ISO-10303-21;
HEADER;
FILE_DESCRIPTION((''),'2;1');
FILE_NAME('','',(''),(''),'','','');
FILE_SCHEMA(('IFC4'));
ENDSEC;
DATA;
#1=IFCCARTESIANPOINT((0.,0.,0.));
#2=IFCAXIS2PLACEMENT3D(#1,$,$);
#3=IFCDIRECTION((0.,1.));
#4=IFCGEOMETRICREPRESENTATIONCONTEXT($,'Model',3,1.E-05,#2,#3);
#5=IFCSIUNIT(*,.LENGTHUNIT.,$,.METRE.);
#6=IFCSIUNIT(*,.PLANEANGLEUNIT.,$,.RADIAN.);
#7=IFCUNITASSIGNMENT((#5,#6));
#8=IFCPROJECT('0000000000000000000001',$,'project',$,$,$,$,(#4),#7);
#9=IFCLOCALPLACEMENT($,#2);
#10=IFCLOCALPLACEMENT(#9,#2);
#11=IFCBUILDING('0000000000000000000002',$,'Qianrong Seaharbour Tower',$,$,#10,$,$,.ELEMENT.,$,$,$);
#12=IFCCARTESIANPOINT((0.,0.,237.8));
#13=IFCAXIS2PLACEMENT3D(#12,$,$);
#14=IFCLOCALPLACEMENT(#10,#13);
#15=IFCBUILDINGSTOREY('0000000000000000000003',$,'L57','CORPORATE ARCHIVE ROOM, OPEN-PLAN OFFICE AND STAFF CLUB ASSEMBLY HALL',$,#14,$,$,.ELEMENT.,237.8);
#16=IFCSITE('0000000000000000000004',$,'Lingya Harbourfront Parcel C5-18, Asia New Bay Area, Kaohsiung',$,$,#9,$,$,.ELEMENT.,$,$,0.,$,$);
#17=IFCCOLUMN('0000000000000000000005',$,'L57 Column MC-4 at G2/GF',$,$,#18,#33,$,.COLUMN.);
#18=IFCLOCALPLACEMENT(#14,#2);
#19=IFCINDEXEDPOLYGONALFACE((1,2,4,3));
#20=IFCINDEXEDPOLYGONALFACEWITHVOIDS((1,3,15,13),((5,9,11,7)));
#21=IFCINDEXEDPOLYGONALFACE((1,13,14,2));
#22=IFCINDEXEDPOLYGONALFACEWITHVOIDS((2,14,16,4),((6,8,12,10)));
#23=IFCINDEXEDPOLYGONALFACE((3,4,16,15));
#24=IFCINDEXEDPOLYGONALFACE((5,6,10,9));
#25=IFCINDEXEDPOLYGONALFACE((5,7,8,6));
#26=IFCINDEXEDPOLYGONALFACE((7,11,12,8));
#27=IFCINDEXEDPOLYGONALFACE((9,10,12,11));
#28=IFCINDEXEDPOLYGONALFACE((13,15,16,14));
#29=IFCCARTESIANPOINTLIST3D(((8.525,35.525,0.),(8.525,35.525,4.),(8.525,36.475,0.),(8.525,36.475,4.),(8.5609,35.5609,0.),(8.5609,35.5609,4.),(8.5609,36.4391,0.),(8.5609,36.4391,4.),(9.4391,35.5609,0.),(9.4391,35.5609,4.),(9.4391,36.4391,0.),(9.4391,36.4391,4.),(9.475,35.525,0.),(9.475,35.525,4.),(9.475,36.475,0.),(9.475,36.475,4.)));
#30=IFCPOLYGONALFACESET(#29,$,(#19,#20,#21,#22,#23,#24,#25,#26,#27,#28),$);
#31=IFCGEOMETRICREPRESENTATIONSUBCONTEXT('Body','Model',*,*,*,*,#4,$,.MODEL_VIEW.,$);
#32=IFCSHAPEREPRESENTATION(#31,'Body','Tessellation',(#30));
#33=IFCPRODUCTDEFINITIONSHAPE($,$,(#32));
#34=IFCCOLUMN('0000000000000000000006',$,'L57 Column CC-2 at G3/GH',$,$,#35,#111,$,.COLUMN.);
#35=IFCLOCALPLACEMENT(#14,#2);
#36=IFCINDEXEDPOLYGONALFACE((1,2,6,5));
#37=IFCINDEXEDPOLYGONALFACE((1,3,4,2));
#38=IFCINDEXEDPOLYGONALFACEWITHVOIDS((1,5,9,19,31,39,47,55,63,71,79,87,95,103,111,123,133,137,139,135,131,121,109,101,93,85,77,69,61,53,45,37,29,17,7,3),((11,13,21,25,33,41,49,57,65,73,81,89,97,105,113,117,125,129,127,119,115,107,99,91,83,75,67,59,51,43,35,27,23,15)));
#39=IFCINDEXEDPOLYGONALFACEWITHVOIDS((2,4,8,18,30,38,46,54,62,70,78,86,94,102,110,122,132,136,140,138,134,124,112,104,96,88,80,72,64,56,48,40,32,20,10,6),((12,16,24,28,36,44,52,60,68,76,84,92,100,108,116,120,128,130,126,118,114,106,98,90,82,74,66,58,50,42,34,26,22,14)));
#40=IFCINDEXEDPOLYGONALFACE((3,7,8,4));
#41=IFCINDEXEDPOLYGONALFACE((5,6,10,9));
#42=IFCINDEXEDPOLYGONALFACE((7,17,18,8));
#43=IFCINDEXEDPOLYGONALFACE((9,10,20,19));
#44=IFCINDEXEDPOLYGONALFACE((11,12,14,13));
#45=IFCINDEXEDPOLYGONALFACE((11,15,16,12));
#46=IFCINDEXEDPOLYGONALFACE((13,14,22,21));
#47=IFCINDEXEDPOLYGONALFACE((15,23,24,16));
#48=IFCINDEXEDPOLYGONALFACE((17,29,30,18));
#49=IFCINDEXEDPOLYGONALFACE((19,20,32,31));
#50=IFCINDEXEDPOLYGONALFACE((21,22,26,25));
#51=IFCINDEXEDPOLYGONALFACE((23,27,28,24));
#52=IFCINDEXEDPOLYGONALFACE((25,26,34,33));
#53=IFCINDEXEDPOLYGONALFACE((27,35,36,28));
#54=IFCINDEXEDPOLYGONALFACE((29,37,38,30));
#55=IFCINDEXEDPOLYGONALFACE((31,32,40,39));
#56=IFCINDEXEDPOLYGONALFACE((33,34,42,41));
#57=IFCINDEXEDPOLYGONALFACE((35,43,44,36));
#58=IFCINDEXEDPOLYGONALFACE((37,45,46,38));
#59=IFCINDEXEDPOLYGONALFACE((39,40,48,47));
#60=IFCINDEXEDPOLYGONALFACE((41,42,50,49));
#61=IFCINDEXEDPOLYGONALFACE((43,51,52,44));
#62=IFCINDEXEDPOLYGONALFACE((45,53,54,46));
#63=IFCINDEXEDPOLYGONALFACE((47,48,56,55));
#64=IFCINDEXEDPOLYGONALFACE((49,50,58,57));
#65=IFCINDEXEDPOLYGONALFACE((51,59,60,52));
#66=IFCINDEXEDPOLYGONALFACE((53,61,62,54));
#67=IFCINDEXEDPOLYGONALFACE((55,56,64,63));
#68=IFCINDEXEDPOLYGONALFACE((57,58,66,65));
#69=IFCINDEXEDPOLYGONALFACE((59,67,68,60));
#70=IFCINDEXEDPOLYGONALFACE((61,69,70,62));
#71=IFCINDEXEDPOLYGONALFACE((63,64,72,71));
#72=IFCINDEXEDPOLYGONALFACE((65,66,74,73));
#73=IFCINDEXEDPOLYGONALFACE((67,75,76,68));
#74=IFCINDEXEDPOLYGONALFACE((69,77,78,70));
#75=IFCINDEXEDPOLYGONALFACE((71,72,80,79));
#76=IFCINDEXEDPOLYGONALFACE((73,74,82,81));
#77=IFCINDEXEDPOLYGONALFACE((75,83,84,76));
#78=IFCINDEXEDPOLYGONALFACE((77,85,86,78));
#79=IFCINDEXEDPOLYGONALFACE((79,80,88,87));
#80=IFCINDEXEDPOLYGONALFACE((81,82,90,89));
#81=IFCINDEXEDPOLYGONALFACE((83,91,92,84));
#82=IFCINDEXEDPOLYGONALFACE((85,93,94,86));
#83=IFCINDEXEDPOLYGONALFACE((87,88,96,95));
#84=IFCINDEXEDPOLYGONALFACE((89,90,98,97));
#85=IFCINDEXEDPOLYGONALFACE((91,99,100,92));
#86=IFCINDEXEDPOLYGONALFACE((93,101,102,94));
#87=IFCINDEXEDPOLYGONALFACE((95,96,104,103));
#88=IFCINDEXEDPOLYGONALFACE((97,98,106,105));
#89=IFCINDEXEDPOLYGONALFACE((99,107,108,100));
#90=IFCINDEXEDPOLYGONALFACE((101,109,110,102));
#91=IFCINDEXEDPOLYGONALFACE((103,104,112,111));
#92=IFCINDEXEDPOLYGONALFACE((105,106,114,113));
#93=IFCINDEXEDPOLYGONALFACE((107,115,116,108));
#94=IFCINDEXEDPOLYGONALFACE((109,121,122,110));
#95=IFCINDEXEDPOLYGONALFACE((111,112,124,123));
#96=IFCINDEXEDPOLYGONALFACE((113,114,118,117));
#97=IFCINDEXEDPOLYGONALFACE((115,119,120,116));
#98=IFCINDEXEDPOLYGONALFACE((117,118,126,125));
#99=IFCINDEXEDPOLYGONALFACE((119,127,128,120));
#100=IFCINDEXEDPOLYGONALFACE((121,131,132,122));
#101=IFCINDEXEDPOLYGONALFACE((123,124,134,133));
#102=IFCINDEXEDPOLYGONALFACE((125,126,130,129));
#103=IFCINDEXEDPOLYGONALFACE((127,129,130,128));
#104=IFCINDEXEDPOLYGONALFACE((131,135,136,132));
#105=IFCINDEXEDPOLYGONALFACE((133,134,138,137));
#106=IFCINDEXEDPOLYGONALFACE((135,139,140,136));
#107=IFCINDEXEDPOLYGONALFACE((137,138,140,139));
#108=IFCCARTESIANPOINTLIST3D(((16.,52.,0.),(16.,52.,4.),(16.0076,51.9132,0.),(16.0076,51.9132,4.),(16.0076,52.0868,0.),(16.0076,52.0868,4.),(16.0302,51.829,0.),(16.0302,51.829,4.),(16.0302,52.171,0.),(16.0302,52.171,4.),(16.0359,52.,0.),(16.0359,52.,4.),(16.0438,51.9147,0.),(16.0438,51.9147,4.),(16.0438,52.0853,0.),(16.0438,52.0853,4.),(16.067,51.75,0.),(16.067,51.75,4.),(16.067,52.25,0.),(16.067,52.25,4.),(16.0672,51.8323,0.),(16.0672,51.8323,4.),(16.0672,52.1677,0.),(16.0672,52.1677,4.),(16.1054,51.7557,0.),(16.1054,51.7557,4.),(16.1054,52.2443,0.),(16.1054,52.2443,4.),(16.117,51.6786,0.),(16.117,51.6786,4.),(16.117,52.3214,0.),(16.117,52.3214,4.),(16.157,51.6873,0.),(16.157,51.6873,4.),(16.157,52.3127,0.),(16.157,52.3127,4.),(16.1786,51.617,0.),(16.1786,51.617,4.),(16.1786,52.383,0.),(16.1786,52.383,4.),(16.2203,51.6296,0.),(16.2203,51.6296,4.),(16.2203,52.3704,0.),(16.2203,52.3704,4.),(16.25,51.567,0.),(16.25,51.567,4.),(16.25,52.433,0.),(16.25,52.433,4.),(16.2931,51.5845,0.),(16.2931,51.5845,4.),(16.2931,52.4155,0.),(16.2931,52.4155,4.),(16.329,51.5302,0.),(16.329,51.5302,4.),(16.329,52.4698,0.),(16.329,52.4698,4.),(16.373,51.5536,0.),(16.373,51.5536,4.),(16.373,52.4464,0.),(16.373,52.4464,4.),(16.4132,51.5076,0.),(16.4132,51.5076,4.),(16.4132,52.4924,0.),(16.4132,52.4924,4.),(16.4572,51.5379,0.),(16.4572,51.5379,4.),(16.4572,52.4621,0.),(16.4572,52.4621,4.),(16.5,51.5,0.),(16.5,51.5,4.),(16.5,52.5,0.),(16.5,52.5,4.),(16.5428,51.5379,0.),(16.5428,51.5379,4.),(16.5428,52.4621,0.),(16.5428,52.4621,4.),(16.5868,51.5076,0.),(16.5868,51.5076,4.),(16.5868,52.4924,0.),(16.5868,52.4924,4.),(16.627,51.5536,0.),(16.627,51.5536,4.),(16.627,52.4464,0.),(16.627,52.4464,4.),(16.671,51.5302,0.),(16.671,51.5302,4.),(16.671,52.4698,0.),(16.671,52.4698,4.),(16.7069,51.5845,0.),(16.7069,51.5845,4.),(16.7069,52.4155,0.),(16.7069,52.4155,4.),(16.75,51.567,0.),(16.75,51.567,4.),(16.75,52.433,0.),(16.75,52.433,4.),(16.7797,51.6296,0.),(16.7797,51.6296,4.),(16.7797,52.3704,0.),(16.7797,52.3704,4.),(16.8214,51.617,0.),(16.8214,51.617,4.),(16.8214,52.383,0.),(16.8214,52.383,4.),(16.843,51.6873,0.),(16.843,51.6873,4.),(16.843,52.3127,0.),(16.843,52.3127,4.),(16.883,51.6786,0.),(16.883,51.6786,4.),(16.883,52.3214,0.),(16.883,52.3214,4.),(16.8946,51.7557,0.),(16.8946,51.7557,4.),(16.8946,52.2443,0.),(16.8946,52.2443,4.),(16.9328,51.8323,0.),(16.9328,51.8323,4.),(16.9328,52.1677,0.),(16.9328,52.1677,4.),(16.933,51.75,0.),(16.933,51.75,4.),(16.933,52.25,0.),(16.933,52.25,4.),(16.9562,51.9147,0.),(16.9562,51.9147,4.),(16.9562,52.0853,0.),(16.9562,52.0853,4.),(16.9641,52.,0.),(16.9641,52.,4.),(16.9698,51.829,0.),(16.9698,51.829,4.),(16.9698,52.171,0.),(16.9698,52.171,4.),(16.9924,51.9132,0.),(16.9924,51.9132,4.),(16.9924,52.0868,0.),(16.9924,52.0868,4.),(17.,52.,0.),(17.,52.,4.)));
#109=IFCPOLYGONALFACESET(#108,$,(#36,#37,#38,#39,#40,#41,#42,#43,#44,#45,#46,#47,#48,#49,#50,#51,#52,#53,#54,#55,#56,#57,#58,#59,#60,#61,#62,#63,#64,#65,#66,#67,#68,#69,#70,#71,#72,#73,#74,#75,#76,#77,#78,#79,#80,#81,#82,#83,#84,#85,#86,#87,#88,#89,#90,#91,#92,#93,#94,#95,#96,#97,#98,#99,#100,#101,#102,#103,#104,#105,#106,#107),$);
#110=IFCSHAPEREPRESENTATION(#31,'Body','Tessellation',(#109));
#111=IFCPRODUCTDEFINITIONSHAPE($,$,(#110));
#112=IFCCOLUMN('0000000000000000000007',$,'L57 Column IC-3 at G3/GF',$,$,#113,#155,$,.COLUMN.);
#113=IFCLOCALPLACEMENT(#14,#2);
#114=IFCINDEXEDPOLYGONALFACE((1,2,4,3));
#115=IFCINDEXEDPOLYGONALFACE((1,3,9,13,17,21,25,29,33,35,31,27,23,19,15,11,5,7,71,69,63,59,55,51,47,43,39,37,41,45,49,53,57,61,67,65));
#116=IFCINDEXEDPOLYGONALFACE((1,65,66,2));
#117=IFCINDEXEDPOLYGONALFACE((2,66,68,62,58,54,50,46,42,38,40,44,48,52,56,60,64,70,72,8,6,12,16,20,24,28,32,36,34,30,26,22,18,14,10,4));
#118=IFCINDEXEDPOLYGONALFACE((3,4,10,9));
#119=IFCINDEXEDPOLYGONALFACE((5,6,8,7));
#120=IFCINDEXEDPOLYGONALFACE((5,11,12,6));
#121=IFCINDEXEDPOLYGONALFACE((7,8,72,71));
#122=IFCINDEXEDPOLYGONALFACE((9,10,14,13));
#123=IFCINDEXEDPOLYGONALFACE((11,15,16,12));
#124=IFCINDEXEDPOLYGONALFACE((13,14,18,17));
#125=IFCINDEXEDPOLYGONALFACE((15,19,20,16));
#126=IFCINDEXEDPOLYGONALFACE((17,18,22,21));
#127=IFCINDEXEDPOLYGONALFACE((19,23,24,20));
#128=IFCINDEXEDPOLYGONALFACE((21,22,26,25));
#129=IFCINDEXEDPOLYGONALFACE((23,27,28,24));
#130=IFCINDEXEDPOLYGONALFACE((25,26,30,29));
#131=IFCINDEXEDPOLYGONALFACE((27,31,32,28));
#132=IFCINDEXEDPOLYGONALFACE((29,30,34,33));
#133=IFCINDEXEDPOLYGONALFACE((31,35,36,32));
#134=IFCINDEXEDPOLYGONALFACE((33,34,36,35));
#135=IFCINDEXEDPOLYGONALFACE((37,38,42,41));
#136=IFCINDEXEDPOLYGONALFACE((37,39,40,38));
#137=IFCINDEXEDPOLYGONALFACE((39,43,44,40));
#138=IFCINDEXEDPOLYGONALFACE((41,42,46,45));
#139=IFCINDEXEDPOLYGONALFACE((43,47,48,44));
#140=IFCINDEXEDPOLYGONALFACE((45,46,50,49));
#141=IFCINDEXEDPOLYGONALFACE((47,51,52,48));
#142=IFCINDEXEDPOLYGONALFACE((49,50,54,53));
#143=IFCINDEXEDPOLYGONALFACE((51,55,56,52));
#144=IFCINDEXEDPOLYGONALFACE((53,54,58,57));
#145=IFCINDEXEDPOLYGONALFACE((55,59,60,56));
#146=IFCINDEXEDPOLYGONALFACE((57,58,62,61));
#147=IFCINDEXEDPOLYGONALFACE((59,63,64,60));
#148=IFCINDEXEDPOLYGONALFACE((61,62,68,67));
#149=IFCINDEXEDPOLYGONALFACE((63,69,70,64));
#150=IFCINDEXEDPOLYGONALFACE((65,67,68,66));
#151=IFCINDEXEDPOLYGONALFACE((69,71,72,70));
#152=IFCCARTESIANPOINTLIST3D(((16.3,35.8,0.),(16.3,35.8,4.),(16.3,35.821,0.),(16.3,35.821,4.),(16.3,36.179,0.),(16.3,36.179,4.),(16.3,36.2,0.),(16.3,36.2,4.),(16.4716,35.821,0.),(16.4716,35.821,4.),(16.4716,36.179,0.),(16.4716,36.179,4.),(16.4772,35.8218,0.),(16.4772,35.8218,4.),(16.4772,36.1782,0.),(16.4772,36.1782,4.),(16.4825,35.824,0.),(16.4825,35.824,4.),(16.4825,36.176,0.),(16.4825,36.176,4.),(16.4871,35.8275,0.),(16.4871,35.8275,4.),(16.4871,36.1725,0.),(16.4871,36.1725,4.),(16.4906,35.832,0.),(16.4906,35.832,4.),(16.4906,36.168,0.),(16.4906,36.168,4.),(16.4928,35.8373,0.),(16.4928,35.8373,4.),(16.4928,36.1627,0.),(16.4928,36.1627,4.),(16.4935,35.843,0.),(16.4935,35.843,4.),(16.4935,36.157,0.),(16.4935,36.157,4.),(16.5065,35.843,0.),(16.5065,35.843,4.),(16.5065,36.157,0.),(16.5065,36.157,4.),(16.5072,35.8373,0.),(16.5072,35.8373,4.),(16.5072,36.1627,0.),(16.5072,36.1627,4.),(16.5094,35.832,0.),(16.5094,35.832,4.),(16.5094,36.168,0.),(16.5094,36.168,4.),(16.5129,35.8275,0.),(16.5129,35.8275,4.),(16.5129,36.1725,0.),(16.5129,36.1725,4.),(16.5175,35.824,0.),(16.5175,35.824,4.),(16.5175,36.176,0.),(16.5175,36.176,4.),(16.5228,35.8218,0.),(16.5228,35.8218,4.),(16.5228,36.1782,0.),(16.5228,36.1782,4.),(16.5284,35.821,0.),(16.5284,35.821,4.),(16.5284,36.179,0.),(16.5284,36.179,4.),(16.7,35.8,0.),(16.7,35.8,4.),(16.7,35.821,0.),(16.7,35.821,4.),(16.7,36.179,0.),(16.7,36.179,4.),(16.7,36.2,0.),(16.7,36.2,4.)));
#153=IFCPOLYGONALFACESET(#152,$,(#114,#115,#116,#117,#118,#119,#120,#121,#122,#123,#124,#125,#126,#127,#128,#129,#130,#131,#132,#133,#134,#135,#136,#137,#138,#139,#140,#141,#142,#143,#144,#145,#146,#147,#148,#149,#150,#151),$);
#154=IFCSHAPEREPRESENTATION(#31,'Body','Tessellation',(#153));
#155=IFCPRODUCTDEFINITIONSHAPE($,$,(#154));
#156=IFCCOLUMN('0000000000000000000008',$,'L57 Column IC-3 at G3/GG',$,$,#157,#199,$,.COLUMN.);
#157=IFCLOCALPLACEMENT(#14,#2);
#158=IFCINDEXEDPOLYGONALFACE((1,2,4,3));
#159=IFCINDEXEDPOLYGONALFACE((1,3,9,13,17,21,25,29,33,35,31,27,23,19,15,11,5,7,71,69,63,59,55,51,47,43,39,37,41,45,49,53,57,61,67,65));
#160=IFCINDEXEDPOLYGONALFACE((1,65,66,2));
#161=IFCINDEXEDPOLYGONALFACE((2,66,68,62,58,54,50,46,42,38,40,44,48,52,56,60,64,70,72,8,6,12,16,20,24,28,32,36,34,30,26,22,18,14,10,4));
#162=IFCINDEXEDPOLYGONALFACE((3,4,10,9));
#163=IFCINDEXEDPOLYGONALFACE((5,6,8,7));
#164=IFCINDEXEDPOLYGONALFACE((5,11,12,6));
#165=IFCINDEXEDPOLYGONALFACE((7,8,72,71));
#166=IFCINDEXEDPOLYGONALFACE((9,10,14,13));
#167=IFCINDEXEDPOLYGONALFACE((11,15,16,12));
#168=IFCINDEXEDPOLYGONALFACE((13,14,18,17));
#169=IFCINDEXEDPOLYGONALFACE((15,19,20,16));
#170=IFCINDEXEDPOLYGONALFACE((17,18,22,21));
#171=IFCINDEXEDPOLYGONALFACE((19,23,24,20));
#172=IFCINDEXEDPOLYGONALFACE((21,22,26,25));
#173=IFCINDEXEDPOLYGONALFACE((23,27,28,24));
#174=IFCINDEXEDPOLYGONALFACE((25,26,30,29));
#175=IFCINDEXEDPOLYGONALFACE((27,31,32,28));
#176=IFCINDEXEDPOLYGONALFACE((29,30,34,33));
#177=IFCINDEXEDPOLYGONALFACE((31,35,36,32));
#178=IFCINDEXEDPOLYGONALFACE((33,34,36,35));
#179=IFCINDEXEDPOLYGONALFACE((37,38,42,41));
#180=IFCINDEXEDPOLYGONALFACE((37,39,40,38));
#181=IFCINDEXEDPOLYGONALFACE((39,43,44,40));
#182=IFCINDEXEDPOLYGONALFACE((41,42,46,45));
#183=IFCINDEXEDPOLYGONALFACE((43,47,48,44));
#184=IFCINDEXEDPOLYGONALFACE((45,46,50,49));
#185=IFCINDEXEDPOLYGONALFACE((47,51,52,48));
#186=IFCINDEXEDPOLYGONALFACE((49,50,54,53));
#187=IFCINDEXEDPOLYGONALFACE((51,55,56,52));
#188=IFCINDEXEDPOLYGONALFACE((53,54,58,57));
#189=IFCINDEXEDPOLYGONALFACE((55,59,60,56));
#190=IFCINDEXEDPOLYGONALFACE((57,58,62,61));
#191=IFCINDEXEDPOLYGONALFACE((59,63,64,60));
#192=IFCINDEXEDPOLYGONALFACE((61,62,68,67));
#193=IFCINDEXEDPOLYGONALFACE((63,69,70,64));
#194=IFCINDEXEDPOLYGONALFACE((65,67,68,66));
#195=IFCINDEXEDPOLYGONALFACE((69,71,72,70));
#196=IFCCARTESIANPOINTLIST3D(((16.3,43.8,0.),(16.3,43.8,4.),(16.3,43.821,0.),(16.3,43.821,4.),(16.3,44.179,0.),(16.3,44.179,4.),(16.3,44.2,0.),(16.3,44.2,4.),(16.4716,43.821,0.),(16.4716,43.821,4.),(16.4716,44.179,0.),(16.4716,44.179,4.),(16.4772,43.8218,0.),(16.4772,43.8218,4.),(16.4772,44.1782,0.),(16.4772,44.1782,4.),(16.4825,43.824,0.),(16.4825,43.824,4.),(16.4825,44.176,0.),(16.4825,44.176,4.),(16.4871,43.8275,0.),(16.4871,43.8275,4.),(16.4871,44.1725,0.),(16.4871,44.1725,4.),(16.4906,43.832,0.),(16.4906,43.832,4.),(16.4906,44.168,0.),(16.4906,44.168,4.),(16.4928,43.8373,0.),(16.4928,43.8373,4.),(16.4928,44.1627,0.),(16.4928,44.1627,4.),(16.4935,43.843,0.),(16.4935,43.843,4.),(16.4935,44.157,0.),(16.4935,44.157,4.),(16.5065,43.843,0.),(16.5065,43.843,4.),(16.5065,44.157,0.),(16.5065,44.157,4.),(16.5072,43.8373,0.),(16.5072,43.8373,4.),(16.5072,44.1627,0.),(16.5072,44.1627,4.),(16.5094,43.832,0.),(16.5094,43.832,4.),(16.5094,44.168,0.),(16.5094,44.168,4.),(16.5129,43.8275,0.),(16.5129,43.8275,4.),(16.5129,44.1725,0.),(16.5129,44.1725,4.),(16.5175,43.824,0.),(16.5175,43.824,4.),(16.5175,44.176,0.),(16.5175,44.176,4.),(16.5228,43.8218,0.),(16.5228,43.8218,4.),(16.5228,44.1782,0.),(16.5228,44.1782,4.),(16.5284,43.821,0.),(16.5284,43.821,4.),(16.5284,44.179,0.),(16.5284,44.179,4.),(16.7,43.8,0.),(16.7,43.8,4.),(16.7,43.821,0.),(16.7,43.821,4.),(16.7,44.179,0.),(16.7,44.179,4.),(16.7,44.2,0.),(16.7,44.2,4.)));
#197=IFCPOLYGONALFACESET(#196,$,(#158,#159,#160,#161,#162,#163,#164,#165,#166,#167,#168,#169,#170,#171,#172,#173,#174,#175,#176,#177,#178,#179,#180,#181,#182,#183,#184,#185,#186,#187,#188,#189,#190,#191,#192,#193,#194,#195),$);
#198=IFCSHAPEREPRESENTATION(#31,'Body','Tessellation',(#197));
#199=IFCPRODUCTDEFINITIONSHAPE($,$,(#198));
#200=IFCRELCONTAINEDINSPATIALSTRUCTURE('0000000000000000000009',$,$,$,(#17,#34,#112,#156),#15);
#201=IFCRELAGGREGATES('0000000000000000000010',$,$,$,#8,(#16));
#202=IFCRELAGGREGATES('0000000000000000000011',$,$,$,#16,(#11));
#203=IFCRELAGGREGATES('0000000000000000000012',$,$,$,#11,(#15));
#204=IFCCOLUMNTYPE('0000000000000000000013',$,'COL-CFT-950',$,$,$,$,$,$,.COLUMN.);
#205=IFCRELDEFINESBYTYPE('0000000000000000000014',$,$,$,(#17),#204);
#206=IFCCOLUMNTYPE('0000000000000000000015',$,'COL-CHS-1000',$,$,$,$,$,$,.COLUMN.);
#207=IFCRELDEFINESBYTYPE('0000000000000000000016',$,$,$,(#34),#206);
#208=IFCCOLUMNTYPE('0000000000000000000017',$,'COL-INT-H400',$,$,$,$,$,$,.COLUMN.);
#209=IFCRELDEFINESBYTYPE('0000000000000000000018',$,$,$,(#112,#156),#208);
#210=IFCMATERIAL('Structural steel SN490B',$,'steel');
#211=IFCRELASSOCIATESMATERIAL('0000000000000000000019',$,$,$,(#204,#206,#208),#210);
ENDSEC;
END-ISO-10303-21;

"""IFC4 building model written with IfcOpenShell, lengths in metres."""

from ifc_helpers import new_model, si_unit, direction, frame, origin, origin_2d, place, context, subcontext, project, spatial, hollow_rectangle, hollow_circle, i_section, extrude, material, material_profile, profile_set, type_object, element, save


model = new_model("IFC4")

# Units and contexts
model_context = context("Model", 3, precision=1e-05, world=origin(), true_north=direction((0.0, 1.0)))
body_context = subcontext(model_context, "Body", "Model", "MODEL_VIEW")
ifc_project = project(units=[si_unit("LENGTHUNIT", "METRE"), si_unit("PLANEANGLEUNIT", "RADIAN")], contexts=[model_context])

# Site, building, storey
site_placement = place(None, origin())
site = spatial("IfcSite", under=ifc_project, at=site_placement, Name="Lingya Harbourfront Parcel C5-18, Asia New Bay Area, Kaohsiung", CompositionType="ELEMENT", RefElevation=0.0)
building_placement = place(site_placement, origin())
building = spatial("IfcBuilding", under=site, at=building_placement, Name="Qianrong Seaharbour Tower", CompositionType="ELEMENT")
storey_placement = place(building_placement, frame((0.0, 0.0, 237.8)))
storey = spatial("IfcBuildingStorey", under=building, at=storey_placement, Name="L57", Description="CORPORATE ARCHIVE ROOM, OPEN-PLAN OFFICE AND STAFF CLUB ASSEMBLY HALL", CompositionType="ELEMENT", Elevation=237.8)

# Columns
ifc_material_1 = material(Name="Structural steel SN490B", Category="steel")
ifc_material_profile_1 = material_profile(ifc_material_1, hollow_rectangle(XDim=0.95, YDim=0.95, WallThickness=0.0359, at=origin_2d()), Name="BOX950x950x36")
ifc_profile_set_1 = profile_set([ifc_material_profile_1], Name="Structural steel SN490B")
column_type_1 = type_object("IfcColumnType", Name="COL-CFT-950", PredefinedType="COLUMN", material=ifc_profile_set_1)
column_1_placement = place(storey_placement, frame((9.0, 36.0, 0.0), z_axis=(0.0, 0.0, 1.0), x_axis=(1.0, 0.0, 0.0)))
element("IfcColumn", 1, at=column_1_placement, inside=storey, type_object=column_type_1, Name="L57 Column MC-4 at G2/GF", PredefinedType="COLUMN", context=body_context, shape_type="SweptSolid", body=[
    extrude(hollow_rectangle(XDim=0.95, YDim=0.95, WallThickness=0.0359, at=origin_2d()), origin(), (0.0, 0.0, 1.0), 4.0),
])
ifc_material_profile_2 = material_profile(ifc_material_1, hollow_circle(Radius=0.5, WallThickness=0.0359, at=origin_2d()), Name="CHS1000x36")
ifc_profile_set_2 = profile_set([ifc_material_profile_2], Name="Structural steel SN490B")
column_type_2 = type_object("IfcColumnType", Name="COL-CHS-1000", PredefinedType="COLUMN", material=ifc_profile_set_2)
column_2_placement = place(storey_placement, frame((16.5, 52.0, 0.0), z_axis=(0.0, 0.0, 1.0), x_axis=(1.0, 0.0, 0.0)))
element("IfcColumn", 2, at=column_2_placement, inside=storey, type_object=column_type_2, Name="L57 Column CC-2 at G3/GH", PredefinedType="COLUMN", context=body_context, shape_type="SweptSolid", body=[
    extrude(hollow_circle(Radius=0.5, WallThickness=0.0359, at=origin_2d()), origin(), (0.0, 0.0, 1.0), 4.0),
])
ifc_material_profile_3 = material_profile(ifc_material_1, i_section(OverallWidth=0.3999, OverallDepth=0.3999, WebThickness=0.0129, FlangeThickness=0.021, FilletRadius=0.022, at=origin_2d()), Name="H400x400x13x21")
ifc_profile_set_3 = profile_set([ifc_material_profile_3], Name="Structural steel SN490B")
column_type_3 = type_object("IfcColumnType", Name="COL-INT-H400", PredefinedType="COLUMN", material=ifc_profile_set_3)
for number, where, z_axis, x_axis, name in (
    (3, (16.5, 36.0, 0.0), (0.0, 0.0, 1.0), (1.0, 0.0, 0.0), "L57 Column IC-3 at G3/GF"),
    (4, (16.5, 44.0, 0.0), (0.0, 0.0, 1.0), (1.0, 0.0, 0.0), "L57 Column IC-3 at G3/GG"),
):
    element("IfcColumn", number, at=place(storey_placement, frame(where, z_axis=z_axis, x_axis=x_axis)), inside=storey, type_object=column_type_3, Name=name, PredefinedType="COLUMN", context=body_context, shape_type="SweptSolid", body=[
        extrude(i_section(OverallWidth=0.3999, OverallDepth=0.3999, WebThickness=0.0129, FlangeThickness=0.021, FilletRadius=0.022, at=origin_2d()), origin(), (0.0, 0.0, 1.0), 4.0),
    ])

save(model, "model.ifc")
